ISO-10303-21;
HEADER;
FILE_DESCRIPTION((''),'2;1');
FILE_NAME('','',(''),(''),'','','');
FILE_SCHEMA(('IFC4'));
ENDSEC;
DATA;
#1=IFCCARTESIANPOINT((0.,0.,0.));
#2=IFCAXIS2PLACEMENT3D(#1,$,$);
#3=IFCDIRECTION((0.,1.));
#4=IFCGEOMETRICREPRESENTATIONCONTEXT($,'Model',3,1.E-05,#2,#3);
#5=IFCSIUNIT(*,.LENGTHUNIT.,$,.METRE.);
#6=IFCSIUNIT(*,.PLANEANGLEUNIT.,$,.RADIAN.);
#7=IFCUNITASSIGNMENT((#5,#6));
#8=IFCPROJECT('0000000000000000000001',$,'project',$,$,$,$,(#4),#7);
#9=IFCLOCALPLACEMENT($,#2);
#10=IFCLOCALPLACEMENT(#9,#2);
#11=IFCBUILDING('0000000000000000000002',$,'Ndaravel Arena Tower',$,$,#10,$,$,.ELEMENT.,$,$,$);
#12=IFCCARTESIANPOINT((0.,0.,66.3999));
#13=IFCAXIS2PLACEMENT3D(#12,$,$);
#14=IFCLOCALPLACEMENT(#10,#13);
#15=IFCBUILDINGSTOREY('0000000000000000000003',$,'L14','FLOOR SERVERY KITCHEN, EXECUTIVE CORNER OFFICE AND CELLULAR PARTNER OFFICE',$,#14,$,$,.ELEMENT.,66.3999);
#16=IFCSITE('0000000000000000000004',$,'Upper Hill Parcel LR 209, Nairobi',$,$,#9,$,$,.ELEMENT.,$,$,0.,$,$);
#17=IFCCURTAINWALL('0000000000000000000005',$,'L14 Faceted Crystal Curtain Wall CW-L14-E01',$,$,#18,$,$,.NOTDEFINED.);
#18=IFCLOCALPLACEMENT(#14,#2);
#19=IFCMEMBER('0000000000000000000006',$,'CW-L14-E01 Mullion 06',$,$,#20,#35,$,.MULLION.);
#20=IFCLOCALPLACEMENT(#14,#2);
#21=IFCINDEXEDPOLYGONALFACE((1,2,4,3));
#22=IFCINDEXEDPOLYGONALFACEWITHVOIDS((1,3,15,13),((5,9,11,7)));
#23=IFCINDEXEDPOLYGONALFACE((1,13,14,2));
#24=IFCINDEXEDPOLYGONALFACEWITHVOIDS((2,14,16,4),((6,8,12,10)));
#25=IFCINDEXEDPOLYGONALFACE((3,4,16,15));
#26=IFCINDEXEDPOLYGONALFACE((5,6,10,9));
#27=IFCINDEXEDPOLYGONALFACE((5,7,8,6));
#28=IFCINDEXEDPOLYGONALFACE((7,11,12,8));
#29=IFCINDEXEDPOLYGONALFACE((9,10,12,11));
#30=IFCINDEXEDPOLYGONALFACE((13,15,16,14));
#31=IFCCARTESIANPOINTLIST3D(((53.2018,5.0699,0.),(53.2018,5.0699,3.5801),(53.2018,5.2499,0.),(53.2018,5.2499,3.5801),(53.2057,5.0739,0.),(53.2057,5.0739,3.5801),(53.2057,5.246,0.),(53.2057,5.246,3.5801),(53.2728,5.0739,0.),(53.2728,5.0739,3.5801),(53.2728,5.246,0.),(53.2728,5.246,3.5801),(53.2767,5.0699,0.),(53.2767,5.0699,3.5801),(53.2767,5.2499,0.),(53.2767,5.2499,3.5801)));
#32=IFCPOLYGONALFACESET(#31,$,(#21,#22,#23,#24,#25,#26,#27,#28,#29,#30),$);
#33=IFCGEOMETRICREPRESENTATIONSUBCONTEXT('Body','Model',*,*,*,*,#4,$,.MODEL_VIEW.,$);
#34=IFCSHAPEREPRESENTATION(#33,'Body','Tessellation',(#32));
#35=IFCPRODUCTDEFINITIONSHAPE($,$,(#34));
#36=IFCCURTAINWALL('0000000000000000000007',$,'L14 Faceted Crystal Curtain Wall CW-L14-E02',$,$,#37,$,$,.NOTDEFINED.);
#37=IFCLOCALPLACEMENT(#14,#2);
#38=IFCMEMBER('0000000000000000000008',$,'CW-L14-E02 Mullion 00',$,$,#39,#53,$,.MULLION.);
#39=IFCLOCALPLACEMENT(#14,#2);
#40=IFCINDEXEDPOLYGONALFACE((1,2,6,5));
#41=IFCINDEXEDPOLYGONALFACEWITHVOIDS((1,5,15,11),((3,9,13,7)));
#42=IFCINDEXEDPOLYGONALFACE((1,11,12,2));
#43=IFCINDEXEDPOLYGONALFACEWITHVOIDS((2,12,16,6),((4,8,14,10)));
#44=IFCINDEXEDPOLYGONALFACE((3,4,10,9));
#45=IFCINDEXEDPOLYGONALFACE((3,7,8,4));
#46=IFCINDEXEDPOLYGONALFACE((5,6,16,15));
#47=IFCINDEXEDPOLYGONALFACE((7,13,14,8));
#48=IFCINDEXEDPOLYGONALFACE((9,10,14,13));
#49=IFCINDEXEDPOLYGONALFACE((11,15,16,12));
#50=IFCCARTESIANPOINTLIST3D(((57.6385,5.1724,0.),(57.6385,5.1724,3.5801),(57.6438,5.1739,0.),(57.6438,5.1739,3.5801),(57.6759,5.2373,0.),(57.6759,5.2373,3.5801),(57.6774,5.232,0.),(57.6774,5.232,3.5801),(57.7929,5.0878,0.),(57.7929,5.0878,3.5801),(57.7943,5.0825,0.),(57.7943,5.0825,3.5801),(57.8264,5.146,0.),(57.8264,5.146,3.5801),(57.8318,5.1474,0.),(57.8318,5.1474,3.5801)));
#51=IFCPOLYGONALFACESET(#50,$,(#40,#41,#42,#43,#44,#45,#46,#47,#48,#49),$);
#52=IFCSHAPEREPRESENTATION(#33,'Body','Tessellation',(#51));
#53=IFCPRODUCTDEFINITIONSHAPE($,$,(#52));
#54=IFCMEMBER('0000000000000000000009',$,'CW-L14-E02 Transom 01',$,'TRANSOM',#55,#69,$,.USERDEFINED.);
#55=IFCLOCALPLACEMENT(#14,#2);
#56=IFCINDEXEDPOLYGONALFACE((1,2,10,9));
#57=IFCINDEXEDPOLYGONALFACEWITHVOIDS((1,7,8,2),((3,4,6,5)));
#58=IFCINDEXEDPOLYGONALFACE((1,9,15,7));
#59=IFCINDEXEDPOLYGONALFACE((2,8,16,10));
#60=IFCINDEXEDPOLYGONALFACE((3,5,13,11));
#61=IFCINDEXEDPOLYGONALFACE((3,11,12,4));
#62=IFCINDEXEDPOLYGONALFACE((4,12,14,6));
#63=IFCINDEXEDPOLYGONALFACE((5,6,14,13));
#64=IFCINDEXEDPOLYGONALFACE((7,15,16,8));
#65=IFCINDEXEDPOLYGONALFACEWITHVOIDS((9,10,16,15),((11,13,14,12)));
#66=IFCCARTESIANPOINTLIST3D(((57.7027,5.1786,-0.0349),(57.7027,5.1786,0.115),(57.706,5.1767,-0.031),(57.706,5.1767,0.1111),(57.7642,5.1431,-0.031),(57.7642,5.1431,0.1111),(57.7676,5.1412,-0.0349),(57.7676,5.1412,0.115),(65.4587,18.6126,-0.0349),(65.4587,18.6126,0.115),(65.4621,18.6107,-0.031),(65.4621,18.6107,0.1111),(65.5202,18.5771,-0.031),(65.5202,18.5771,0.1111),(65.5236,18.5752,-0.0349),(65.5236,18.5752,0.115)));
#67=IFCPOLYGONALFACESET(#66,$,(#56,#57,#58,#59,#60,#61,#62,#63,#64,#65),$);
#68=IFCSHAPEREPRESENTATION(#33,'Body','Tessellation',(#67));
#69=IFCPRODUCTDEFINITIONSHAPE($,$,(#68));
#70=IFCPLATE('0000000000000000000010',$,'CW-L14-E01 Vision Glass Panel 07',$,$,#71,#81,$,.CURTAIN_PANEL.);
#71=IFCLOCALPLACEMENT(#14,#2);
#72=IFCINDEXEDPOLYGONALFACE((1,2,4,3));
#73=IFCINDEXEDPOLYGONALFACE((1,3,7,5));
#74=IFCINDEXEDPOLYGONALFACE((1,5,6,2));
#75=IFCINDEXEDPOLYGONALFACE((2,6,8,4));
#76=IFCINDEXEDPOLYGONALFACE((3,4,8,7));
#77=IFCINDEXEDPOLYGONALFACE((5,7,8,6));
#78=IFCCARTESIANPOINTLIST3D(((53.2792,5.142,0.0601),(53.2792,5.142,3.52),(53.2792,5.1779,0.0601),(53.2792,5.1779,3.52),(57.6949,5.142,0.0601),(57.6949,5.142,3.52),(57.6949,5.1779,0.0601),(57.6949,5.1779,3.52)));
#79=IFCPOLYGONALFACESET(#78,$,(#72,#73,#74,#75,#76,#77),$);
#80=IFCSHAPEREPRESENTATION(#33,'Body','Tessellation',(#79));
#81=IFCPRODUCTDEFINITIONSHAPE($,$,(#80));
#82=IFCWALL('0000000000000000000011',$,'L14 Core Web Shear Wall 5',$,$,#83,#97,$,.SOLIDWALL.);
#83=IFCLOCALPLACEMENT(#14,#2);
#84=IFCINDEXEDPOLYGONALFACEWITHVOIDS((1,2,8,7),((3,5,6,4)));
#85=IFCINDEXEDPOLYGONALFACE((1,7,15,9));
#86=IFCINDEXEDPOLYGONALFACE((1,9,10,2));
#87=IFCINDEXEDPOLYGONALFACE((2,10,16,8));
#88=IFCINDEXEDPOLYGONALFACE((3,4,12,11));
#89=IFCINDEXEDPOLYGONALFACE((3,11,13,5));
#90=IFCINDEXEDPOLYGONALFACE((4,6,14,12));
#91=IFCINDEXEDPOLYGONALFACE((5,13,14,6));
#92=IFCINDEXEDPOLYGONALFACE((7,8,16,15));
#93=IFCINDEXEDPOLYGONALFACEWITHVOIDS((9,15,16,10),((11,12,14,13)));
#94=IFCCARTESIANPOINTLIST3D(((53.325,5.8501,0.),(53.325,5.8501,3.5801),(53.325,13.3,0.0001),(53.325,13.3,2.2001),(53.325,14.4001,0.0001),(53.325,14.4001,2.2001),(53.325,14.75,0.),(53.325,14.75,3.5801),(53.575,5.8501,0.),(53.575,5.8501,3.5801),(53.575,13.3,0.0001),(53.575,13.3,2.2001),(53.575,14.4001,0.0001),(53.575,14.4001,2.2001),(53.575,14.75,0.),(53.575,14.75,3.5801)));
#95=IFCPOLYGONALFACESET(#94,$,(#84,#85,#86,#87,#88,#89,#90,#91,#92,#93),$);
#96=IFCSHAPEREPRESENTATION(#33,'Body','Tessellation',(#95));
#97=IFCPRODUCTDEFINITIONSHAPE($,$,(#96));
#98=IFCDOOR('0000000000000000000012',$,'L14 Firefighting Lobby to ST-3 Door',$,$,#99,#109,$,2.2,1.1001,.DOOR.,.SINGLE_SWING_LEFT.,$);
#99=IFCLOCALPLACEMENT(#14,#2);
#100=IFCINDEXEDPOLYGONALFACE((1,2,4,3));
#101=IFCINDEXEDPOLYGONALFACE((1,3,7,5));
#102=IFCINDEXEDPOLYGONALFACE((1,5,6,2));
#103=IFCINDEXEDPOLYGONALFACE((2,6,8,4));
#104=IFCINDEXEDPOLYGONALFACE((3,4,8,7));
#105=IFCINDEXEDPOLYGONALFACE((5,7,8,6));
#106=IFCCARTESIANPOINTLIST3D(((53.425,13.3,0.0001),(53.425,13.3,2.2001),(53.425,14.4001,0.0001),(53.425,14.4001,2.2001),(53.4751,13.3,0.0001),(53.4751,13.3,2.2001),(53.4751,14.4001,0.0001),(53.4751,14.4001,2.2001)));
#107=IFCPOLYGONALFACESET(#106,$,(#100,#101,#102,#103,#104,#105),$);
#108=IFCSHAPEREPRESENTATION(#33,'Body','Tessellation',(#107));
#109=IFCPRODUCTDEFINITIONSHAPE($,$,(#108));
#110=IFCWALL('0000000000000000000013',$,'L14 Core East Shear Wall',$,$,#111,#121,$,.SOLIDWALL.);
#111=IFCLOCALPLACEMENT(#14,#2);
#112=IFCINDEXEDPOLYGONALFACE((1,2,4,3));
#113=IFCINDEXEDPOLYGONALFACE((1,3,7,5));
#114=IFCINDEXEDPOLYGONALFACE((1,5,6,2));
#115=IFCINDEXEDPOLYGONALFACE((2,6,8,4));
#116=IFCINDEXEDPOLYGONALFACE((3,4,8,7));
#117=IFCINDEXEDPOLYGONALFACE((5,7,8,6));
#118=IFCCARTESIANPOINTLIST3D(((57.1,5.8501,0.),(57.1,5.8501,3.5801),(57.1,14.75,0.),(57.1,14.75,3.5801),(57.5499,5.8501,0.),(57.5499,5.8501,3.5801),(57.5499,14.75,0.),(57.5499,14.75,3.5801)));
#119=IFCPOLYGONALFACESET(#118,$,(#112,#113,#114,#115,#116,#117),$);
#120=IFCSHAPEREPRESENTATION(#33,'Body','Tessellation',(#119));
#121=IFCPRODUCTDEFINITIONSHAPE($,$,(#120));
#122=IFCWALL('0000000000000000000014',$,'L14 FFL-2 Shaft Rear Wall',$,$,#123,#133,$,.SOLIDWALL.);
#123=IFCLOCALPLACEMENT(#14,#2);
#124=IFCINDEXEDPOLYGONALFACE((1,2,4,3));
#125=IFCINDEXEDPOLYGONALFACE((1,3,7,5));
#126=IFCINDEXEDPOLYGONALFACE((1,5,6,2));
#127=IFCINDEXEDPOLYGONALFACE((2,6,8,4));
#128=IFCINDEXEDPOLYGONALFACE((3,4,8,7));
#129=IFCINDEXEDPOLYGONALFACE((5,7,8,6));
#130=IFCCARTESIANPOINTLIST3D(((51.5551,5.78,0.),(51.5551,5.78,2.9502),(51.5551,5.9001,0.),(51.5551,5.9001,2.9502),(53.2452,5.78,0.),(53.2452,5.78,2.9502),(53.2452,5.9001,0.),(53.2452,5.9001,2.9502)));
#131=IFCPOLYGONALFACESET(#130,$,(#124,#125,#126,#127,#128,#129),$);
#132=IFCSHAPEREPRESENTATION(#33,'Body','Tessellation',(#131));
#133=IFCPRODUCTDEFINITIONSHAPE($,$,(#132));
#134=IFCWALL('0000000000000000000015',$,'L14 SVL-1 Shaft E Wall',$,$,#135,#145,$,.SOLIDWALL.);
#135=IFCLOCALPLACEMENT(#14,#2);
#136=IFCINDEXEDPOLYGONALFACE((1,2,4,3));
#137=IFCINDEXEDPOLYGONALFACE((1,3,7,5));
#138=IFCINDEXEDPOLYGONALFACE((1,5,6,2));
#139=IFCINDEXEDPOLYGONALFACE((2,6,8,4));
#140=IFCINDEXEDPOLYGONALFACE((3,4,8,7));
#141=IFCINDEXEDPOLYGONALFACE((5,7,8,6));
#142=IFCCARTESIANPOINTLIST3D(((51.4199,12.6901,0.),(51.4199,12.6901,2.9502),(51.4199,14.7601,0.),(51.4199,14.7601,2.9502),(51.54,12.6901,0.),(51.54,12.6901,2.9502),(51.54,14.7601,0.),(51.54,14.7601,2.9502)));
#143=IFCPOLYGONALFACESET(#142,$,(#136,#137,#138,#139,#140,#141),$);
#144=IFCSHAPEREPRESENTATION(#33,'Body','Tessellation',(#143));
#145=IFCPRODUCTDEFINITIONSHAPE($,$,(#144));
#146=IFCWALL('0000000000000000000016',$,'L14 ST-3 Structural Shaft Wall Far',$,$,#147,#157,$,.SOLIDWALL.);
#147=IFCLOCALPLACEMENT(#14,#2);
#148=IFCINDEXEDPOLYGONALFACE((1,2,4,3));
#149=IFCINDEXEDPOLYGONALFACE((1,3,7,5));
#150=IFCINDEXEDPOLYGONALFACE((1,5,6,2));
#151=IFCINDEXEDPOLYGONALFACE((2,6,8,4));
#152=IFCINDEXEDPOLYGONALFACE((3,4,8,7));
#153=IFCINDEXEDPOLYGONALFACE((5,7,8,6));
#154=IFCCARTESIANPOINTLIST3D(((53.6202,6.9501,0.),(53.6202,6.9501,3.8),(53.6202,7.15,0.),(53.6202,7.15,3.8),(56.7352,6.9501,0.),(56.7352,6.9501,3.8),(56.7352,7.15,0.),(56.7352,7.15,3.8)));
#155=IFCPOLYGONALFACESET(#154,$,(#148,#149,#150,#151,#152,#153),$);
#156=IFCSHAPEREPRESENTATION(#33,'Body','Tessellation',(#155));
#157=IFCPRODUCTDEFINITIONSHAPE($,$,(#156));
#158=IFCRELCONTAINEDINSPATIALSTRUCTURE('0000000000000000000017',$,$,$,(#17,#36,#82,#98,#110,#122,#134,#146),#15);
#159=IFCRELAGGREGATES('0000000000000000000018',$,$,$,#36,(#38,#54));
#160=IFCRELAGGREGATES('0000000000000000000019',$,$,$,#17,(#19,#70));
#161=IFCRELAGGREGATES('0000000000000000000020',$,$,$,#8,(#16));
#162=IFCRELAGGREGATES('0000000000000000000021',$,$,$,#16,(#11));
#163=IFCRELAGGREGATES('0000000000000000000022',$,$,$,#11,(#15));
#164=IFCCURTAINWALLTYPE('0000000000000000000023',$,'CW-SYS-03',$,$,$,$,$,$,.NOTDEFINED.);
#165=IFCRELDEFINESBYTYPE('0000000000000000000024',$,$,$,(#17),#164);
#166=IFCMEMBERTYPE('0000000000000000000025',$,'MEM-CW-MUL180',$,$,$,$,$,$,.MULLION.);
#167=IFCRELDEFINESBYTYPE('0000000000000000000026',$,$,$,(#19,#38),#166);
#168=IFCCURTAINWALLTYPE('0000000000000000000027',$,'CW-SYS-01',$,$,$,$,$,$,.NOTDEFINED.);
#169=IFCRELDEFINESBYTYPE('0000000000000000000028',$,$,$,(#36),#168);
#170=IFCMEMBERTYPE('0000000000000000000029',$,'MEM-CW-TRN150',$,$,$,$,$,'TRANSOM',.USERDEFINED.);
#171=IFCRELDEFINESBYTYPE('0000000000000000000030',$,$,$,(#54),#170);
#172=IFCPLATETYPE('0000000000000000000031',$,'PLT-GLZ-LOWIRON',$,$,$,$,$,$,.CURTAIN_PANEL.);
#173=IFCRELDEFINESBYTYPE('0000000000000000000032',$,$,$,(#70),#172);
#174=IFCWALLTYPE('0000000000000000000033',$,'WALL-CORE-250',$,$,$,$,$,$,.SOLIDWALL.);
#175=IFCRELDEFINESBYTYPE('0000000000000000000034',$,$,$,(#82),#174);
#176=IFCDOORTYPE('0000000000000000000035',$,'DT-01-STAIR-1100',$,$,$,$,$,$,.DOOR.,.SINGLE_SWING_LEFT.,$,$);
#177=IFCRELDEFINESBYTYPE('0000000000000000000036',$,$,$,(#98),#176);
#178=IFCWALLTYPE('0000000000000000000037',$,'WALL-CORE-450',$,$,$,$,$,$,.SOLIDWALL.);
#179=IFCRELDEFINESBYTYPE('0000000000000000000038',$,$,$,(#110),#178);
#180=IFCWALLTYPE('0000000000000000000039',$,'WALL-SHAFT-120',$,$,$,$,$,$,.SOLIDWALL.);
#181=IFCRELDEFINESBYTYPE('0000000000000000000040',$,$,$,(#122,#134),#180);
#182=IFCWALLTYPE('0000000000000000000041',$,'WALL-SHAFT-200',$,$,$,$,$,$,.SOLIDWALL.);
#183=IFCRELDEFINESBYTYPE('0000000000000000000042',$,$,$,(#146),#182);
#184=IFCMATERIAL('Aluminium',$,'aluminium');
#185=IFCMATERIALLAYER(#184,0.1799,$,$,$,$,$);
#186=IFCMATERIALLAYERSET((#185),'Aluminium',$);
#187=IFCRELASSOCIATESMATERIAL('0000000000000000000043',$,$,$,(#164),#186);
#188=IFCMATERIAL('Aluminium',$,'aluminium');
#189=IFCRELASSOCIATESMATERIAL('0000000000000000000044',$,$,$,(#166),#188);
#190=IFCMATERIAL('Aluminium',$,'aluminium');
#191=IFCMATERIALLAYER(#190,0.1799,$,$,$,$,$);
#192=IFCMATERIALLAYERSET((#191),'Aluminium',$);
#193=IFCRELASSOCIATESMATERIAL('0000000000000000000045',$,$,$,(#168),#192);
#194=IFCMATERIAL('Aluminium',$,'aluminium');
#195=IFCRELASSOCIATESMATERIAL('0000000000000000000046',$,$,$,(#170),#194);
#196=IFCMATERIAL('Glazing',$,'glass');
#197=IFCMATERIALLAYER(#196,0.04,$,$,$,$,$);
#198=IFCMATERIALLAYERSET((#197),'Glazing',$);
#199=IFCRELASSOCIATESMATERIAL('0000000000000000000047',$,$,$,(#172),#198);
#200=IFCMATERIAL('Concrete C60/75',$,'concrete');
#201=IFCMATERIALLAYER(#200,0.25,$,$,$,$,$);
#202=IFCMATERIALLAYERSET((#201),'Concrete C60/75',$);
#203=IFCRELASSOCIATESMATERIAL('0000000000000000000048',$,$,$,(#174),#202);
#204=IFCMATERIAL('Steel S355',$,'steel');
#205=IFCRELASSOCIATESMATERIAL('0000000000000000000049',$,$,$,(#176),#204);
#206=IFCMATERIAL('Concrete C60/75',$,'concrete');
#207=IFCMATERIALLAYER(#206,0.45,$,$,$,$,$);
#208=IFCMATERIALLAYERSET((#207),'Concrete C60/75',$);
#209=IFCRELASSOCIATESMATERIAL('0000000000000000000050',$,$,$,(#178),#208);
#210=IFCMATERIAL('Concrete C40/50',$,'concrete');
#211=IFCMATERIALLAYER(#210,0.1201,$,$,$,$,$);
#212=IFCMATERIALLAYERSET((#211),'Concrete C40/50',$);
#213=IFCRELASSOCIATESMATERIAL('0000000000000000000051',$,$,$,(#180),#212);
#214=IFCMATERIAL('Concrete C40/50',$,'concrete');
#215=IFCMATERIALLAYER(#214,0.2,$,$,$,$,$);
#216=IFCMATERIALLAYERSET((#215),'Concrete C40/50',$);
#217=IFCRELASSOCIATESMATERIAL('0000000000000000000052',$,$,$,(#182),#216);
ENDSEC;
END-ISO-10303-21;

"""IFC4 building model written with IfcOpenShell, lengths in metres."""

from ifc_helpers import new_model, si_unit, direction, frame, frame_2d, origin, origin_2d, place, context, subcontext, project, spatial, rectangle, hollow_rectangle, extrude, material, layer, layer_set, material_profile, profile_set, type_object, element, fill, aggregate, save


model = new_model("IFC4")

# Units and contexts
model_context = context("Model", 3, precision=1e-05, world=origin(), true_north=direction((0.0, 1.0)))
body_context = subcontext(model_context, "Body", "Model", "MODEL_VIEW")
ifc_project = project(units=[si_unit("LENGTHUNIT", "METRE"), si_unit("PLANEANGLEUNIT", "RADIAN")], contexts=[model_context])

# Site, building, storey
site_placement = place(None, origin())
site = spatial("IfcSite", under=ifc_project, at=site_placement, Name="Upper Hill Parcel LR 209, Nairobi", CompositionType="ELEMENT", RefElevation=0.0)
building_placement = place(site_placement, origin())
building = spatial("IfcBuilding", under=site, at=building_placement, Name="Ndaravel Arena Tower", CompositionType="ELEMENT")
storey_placement = place(building_placement, frame((0.0, 0.0, 66.3999)))
storey = spatial("IfcBuildingStorey", under=building, at=storey_placement, Name="L14", Description="FLOOR SERVERY KITCHEN, EXECUTIVE CORNER OFFICE AND CELLULAR PARTNER OFFICE", CompositionType="ELEMENT", Elevation=66.3999)

# Curtain wall, member
ifc_material_1 = material(Name="Aluminium", Category="aluminium")
ifc_layer_1 = layer(ifc_material_1, 0.1799)
ifc_layer_set_1 = layer_set([ifc_layer_1], Name="Aluminium")
curtain_wall_type_1 = type_object("IfcCurtainWallType", Name="CW-SYS-03", PredefinedType="NOTDEFINED", material=ifc_layer_set_1)
curtain_wall_1_placement = place(storey_placement, origin())
curtain_wall_1 = element("IfcCurtainWall", 1, at=curtain_wall_1_placement, inside=storey, type_object=curtain_wall_type_1, Name="L14 Faceted Crystal Curtain Wall CW-L14-E01", PredefinedType="NOTDEFINED")
ifc_material_2 = material(Name="Aluminium", Category="aluminium")
ifc_material_profile_1 = material_profile(ifc_material_2, hollow_rectangle(XDim=0.075, YDim=0.1799, WallThickness=0.0039, at=origin_2d()), Name="CW MULLION 75x180x4")
ifc_profile_set_1 = profile_set([ifc_material_profile_1], Name="Aluminium")
member_type_1 = type_object("IfcMemberType", Name="MEM-CW-MUL180", PredefinedType="MULLION", material=ifc_profile_set_1)
member_1_placement = place(storey_placement, frame((53.2393, 5.1599, 0.0), z_axis=(0.0, 0.0, 1.0), x_axis=(1.0, 0.0, 0.0)))
member_1 = element("IfcMember", 2, at=member_1_placement, type_object=member_type_1, Name="CW-L14-E01 Mullion 06", PredefinedType="MULLION", context=body_context, shape_type="SweptSolid", body=[
    extrude(hollow_rectangle(XDim=0.075, YDim=0.1799, WallThickness=0.0039, at=origin_2d()), origin(), (0.0, 0.0, 1.0), 3.5801),
])

# Curtain wall, members
ifc_material_3 = material(Name="Aluminium", Category="aluminium")
ifc_layer_2 = layer(ifc_material_3, 0.1799)
ifc_layer_set_2 = layer_set([ifc_layer_2], Name="Aluminium")
curtain_wall_type_2 = type_object("IfcCurtainWallType", Name="CW-SYS-01", PredefinedType="NOTDEFINED", material=ifc_layer_set_2)
curtain_wall_2_placement = place(storey_placement, origin())
curtain_wall_2 = element("IfcCurtainWall", 3, at=curtain_wall_2_placement, inside=storey, type_object=curtain_wall_type_2, Name="L14 Faceted Crystal Curtain Wall CW-L14-E02", PredefinedType="NOTDEFINED")
member_2_placement = place(storey_placement, frame((57.7351, 5.1599, 0.0), z_axis=(0.0, 0.0, 1.0), x_axis=(0.5, 0.866025, 0.0)))
member_2 = element("IfcMember", 4, at=member_2_placement, type_object=member_type_1, Name="CW-L14-E02 Mullion 00", PredefinedType="MULLION", context=body_context, shape_type="SweptSolid", body=[
    extrude(hollow_rectangle(XDim=0.075, YDim=0.1799, WallThickness=0.0039, at=origin_2d()), origin(), (0.0, 0.0, 1.0), 3.5801),
])
ifc_material_4 = material(Name="Aluminium", Category="aluminium")
ifc_material_profile_2 = material_profile(ifc_material_4, hollow_rectangle(XDim=0.075, YDim=0.1499, WallThickness=0.0039, at=origin_2d()), Name="CW TRANSOM 75x150x4")
ifc_profile_set_2 = profile_set([ifc_material_profile_2], Name="Aluminium")
member_type_2 = type_object("IfcMemberType", Name="MEM-CW-TRN150", ElementType="TRANSOM", PredefinedType="USERDEFINED", material=ifc_profile_set_2)
member_3_placement = place(storey_placement, frame((57.7351, 5.1599, 0.04), z_axis=(0.499997, 0.866027, 0.0), x_axis=(-0.866027, 0.499997, 0.0)))
member_3 = element("IfcMember", 5, at=member_3_placement, type_object=member_type_2, Name="CW-L14-E02 Transom 01", ObjectType="TRANSOM", PredefinedType="USERDEFINED", context=body_context, shape_type="SweptSolid", body=[
    extrude(hollow_rectangle(XDim=0.075, YDim=0.1499, WallThickness=0.0039, at=origin_2d()), origin(), (0.0, 0.0, 1.0), 15.5122),
])
aggregate(curtain_wall_2, [member_2, member_3])

# Plate
ifc_material_5 = material(Name="Glazing", Category="glass")
ifc_layer_3 = layer(ifc_material_5, 0.04)
ifc_layer_set_3 = layer_set([ifc_layer_3], Name="Glazing")
plate_type = type_object("IfcPlateType", Name="PLT-GLZ-LOWIRON", PredefinedType="CURTAIN_PANEL", material=ifc_layer_set_3)
plate_placement = place(storey_placement, frame((55.4871, 5.1599, 0.0601), z_axis=(0.0, 0.0, 1.0), x_axis=(1.0, 0.0, 0.0)))
plate = element("IfcPlate", 6, at=plate_placement, type_object=plate_type, Name="CW-L14-E01 Vision Glass Panel 07", PredefinedType="CURTAIN_PANEL", context=body_context, shape_type="SweptSolid", body=[
    extrude(rectangle(XDim=4.4158, YDim=0.0359, at=origin_2d()), origin(), (0.0, 0.0, 1.0), 3.46),
])
aggregate(curtain_wall_1, [member_1, plate])

# Wall, opening, door
ifc_material_6 = material(Name="Concrete C60/75", Category="concrete")
ifc_layer_4 = layer(ifc_material_6, 0.25)
ifc_layer_set_4 = layer_set([ifc_layer_4], Name="Concrete C60/75")
wall_type_1 = type_object("IfcWallType", Name="WALL-CORE-250", PredefinedType="SOLIDWALL", material=ifc_layer_set_4)
wall_1_placement = place(storey_placement, frame((53.45, 5.8501, 0.0), z_axis=(0.0, 0.0, 1.0), x_axis=(0.0, 1.0, 0.0)))
wall_1 = element("IfcWall", 7, at=wall_1_placement, inside=storey, type_object=wall_type_1, Name="L14 Core Web Shear Wall 5", PredefinedType="SOLIDWALL", context=body_context, shape_type="SweptSolid", body=[
    extrude(rectangle(XDim=8.8999, YDim=0.25, at=frame_2d((4.45, 0.0))), origin(), (0.0, 0.0, 1.0), 3.5801),
])
opening_1_placement = place(wall_1_placement, frame((7.45, 0.0, 0.0)))
opening_1 = element("IfcOpeningElement", 8, at=opening_1_placement, cuts=wall_1, PredefinedType="OPENING", context=body_context, shape_type="SweptSolid", body=[
    extrude(rectangle(XDim=1.1001, YDim=2.2, at=frame_2d((0.55, 1.1001))), frame((0.0, 0.125, 0.0), z_axis=(0.0, -1.0, 0.0), x_axis=(1.0, 0.0, 0.0)), (0.0, 0.0, 1.0), 0.25),
])
ifc_material_7 = material(Name="Steel S355", Category="steel")
door_type_1 = type_object("IfcDoorType", Name="DT-01-STAIR-1100", OperationType="SINGLE_SWING_LEFT", PredefinedType="DOOR", material=ifc_material_7)
door_1_placement = place(opening_1_placement, origin())
door_1 = element("IfcDoor", 9, at=door_1_placement, inside=storey, type_object=door_type_1, Name="L14 Firefighting Lobby to ST-3 Door", OperationType="SINGLE_SWING_LEFT", OverallHeight=2.2, OverallWidth=1.1001, PredefinedType="DOOR", context=body_context, shape_type="SweptSolid", body=[
    extrude(rectangle(XDim=1.1001, YDim=2.2, at=frame_2d((0.55, 1.1001))), frame((0.0, 0.0249, 0.0), z_axis=(0.0, -1.0, 0.0), x_axis=(1.0, 0.0, 0.0)), (0.0, 0.0, 1.0), 0.05),
])
fill(opening_1, door_1)

# Walls
ifc_material_8 = material(Name="Concrete C60/75", Category="concrete")
ifc_layer_5 = layer(ifc_material_8, 0.45)
ifc_layer_set_5 = layer_set([ifc_layer_5], Name="Concrete C60/75")
wall_type_2 = type_object("IfcWallType", Name="WALL-CORE-450", PredefinedType="SOLIDWALL", material=ifc_layer_set_5)
wall_2_placement = place(storey_placement, frame((57.325, 5.8501, 0.0), z_axis=(0.0, 0.0, 1.0), x_axis=(0.0, 1.0, 0.0)))
element("IfcWall", 10, at=wall_2_placement, inside=storey, type_object=wall_type_2, Name="L14 Core East Shear Wall", PredefinedType="SOLIDWALL", context=body_context, shape_type="SweptSolid", body=[
    extrude(rectangle(XDim=8.8999, YDim=0.45, at=frame_2d((4.45, 0.0))), origin(), (0.0, 0.0, 1.0), 3.5801),
])
ifc_material_9 = material(Name="Concrete C40/50", Category="concrete")
ifc_layer_6 = layer(ifc_material_9, 0.1201)
ifc_layer_set_6 = layer_set([ifc_layer_6], Name="Concrete C40/50")
wall_type_3 = type_object("IfcWallType", Name="WALL-SHAFT-120", PredefinedType="SOLIDWALL", material=ifc_layer_set_6)
wall_3_placement = place(storey_placement, frame((51.5549, 5.8401, 0.0), z_axis=(0.0, 0.0, 1.0), x_axis=(1.0, 0.0, 0.0)))
element("IfcWall", 11, at=wall_3_placement, inside=storey, type_object=wall_type_3, Name="L14 FFL-2 Shaft Rear Wall", PredefinedType="SOLIDWALL", context=body_context, shape_type="SweptSolid", body=[
    extrude(rectangle(XDim=1.6902, YDim=0.1201, at=frame_2d((0.8452, 0.0))), origin(), (0.0, 0.0, 1.0), 2.9502),
])
wall_4_placement = place(storey_placement, frame((51.48, 12.6899, 0.0), z_axis=(0.0, 0.0, 1.0), x_axis=(0.0, 1.0, 0.0)))
element("IfcWall", 12, at=wall_4_placement, inside=storey, type_object=wall_type_3, Name="L14 SVL-1 Shaft E Wall", PredefinedType="SOLIDWALL", context=body_context, shape_type="SweptSolid", body=[
    extrude(rectangle(XDim=2.0701, YDim=0.1201, at=frame_2d((1.0352, 0.0))), origin(), (0.0, 0.0, 1.0), 2.9502),
])
ifc_material_10 = material(Name="Concrete C40/50", Category="concrete")
ifc_layer_7 = layer(ifc_material_10, 0.2)
ifc_layer_set_7 = layer_set([ifc_layer_7], Name="Concrete C40/50")
wall_type_4 = type_object("IfcWallType", Name="WALL-SHAFT-200", PredefinedType="SOLIDWALL", material=ifc_layer_set_7)
wall_5_placement = place(storey_placement, frame((53.6201, 7.05, 0.0), z_axis=(0.0, 0.0, 1.0), x_axis=(1.0, 0.0, 0.0)))
element("IfcWall", 13, at=wall_5_placement, inside=storey, type_object=wall_type_4, Name="L14 ST-3 Structural Shaft Wall Far", PredefinedType="SOLIDWALL", context=body_context, shape_type="SweptSolid", body=[
    extrude(rectangle(XDim=3.115, YDim=0.2, at=frame_2d((1.5576, 0.0))), origin(), (0.0, 0.0, 1.0), 3.8),
])

save(model, "model.ifc")
